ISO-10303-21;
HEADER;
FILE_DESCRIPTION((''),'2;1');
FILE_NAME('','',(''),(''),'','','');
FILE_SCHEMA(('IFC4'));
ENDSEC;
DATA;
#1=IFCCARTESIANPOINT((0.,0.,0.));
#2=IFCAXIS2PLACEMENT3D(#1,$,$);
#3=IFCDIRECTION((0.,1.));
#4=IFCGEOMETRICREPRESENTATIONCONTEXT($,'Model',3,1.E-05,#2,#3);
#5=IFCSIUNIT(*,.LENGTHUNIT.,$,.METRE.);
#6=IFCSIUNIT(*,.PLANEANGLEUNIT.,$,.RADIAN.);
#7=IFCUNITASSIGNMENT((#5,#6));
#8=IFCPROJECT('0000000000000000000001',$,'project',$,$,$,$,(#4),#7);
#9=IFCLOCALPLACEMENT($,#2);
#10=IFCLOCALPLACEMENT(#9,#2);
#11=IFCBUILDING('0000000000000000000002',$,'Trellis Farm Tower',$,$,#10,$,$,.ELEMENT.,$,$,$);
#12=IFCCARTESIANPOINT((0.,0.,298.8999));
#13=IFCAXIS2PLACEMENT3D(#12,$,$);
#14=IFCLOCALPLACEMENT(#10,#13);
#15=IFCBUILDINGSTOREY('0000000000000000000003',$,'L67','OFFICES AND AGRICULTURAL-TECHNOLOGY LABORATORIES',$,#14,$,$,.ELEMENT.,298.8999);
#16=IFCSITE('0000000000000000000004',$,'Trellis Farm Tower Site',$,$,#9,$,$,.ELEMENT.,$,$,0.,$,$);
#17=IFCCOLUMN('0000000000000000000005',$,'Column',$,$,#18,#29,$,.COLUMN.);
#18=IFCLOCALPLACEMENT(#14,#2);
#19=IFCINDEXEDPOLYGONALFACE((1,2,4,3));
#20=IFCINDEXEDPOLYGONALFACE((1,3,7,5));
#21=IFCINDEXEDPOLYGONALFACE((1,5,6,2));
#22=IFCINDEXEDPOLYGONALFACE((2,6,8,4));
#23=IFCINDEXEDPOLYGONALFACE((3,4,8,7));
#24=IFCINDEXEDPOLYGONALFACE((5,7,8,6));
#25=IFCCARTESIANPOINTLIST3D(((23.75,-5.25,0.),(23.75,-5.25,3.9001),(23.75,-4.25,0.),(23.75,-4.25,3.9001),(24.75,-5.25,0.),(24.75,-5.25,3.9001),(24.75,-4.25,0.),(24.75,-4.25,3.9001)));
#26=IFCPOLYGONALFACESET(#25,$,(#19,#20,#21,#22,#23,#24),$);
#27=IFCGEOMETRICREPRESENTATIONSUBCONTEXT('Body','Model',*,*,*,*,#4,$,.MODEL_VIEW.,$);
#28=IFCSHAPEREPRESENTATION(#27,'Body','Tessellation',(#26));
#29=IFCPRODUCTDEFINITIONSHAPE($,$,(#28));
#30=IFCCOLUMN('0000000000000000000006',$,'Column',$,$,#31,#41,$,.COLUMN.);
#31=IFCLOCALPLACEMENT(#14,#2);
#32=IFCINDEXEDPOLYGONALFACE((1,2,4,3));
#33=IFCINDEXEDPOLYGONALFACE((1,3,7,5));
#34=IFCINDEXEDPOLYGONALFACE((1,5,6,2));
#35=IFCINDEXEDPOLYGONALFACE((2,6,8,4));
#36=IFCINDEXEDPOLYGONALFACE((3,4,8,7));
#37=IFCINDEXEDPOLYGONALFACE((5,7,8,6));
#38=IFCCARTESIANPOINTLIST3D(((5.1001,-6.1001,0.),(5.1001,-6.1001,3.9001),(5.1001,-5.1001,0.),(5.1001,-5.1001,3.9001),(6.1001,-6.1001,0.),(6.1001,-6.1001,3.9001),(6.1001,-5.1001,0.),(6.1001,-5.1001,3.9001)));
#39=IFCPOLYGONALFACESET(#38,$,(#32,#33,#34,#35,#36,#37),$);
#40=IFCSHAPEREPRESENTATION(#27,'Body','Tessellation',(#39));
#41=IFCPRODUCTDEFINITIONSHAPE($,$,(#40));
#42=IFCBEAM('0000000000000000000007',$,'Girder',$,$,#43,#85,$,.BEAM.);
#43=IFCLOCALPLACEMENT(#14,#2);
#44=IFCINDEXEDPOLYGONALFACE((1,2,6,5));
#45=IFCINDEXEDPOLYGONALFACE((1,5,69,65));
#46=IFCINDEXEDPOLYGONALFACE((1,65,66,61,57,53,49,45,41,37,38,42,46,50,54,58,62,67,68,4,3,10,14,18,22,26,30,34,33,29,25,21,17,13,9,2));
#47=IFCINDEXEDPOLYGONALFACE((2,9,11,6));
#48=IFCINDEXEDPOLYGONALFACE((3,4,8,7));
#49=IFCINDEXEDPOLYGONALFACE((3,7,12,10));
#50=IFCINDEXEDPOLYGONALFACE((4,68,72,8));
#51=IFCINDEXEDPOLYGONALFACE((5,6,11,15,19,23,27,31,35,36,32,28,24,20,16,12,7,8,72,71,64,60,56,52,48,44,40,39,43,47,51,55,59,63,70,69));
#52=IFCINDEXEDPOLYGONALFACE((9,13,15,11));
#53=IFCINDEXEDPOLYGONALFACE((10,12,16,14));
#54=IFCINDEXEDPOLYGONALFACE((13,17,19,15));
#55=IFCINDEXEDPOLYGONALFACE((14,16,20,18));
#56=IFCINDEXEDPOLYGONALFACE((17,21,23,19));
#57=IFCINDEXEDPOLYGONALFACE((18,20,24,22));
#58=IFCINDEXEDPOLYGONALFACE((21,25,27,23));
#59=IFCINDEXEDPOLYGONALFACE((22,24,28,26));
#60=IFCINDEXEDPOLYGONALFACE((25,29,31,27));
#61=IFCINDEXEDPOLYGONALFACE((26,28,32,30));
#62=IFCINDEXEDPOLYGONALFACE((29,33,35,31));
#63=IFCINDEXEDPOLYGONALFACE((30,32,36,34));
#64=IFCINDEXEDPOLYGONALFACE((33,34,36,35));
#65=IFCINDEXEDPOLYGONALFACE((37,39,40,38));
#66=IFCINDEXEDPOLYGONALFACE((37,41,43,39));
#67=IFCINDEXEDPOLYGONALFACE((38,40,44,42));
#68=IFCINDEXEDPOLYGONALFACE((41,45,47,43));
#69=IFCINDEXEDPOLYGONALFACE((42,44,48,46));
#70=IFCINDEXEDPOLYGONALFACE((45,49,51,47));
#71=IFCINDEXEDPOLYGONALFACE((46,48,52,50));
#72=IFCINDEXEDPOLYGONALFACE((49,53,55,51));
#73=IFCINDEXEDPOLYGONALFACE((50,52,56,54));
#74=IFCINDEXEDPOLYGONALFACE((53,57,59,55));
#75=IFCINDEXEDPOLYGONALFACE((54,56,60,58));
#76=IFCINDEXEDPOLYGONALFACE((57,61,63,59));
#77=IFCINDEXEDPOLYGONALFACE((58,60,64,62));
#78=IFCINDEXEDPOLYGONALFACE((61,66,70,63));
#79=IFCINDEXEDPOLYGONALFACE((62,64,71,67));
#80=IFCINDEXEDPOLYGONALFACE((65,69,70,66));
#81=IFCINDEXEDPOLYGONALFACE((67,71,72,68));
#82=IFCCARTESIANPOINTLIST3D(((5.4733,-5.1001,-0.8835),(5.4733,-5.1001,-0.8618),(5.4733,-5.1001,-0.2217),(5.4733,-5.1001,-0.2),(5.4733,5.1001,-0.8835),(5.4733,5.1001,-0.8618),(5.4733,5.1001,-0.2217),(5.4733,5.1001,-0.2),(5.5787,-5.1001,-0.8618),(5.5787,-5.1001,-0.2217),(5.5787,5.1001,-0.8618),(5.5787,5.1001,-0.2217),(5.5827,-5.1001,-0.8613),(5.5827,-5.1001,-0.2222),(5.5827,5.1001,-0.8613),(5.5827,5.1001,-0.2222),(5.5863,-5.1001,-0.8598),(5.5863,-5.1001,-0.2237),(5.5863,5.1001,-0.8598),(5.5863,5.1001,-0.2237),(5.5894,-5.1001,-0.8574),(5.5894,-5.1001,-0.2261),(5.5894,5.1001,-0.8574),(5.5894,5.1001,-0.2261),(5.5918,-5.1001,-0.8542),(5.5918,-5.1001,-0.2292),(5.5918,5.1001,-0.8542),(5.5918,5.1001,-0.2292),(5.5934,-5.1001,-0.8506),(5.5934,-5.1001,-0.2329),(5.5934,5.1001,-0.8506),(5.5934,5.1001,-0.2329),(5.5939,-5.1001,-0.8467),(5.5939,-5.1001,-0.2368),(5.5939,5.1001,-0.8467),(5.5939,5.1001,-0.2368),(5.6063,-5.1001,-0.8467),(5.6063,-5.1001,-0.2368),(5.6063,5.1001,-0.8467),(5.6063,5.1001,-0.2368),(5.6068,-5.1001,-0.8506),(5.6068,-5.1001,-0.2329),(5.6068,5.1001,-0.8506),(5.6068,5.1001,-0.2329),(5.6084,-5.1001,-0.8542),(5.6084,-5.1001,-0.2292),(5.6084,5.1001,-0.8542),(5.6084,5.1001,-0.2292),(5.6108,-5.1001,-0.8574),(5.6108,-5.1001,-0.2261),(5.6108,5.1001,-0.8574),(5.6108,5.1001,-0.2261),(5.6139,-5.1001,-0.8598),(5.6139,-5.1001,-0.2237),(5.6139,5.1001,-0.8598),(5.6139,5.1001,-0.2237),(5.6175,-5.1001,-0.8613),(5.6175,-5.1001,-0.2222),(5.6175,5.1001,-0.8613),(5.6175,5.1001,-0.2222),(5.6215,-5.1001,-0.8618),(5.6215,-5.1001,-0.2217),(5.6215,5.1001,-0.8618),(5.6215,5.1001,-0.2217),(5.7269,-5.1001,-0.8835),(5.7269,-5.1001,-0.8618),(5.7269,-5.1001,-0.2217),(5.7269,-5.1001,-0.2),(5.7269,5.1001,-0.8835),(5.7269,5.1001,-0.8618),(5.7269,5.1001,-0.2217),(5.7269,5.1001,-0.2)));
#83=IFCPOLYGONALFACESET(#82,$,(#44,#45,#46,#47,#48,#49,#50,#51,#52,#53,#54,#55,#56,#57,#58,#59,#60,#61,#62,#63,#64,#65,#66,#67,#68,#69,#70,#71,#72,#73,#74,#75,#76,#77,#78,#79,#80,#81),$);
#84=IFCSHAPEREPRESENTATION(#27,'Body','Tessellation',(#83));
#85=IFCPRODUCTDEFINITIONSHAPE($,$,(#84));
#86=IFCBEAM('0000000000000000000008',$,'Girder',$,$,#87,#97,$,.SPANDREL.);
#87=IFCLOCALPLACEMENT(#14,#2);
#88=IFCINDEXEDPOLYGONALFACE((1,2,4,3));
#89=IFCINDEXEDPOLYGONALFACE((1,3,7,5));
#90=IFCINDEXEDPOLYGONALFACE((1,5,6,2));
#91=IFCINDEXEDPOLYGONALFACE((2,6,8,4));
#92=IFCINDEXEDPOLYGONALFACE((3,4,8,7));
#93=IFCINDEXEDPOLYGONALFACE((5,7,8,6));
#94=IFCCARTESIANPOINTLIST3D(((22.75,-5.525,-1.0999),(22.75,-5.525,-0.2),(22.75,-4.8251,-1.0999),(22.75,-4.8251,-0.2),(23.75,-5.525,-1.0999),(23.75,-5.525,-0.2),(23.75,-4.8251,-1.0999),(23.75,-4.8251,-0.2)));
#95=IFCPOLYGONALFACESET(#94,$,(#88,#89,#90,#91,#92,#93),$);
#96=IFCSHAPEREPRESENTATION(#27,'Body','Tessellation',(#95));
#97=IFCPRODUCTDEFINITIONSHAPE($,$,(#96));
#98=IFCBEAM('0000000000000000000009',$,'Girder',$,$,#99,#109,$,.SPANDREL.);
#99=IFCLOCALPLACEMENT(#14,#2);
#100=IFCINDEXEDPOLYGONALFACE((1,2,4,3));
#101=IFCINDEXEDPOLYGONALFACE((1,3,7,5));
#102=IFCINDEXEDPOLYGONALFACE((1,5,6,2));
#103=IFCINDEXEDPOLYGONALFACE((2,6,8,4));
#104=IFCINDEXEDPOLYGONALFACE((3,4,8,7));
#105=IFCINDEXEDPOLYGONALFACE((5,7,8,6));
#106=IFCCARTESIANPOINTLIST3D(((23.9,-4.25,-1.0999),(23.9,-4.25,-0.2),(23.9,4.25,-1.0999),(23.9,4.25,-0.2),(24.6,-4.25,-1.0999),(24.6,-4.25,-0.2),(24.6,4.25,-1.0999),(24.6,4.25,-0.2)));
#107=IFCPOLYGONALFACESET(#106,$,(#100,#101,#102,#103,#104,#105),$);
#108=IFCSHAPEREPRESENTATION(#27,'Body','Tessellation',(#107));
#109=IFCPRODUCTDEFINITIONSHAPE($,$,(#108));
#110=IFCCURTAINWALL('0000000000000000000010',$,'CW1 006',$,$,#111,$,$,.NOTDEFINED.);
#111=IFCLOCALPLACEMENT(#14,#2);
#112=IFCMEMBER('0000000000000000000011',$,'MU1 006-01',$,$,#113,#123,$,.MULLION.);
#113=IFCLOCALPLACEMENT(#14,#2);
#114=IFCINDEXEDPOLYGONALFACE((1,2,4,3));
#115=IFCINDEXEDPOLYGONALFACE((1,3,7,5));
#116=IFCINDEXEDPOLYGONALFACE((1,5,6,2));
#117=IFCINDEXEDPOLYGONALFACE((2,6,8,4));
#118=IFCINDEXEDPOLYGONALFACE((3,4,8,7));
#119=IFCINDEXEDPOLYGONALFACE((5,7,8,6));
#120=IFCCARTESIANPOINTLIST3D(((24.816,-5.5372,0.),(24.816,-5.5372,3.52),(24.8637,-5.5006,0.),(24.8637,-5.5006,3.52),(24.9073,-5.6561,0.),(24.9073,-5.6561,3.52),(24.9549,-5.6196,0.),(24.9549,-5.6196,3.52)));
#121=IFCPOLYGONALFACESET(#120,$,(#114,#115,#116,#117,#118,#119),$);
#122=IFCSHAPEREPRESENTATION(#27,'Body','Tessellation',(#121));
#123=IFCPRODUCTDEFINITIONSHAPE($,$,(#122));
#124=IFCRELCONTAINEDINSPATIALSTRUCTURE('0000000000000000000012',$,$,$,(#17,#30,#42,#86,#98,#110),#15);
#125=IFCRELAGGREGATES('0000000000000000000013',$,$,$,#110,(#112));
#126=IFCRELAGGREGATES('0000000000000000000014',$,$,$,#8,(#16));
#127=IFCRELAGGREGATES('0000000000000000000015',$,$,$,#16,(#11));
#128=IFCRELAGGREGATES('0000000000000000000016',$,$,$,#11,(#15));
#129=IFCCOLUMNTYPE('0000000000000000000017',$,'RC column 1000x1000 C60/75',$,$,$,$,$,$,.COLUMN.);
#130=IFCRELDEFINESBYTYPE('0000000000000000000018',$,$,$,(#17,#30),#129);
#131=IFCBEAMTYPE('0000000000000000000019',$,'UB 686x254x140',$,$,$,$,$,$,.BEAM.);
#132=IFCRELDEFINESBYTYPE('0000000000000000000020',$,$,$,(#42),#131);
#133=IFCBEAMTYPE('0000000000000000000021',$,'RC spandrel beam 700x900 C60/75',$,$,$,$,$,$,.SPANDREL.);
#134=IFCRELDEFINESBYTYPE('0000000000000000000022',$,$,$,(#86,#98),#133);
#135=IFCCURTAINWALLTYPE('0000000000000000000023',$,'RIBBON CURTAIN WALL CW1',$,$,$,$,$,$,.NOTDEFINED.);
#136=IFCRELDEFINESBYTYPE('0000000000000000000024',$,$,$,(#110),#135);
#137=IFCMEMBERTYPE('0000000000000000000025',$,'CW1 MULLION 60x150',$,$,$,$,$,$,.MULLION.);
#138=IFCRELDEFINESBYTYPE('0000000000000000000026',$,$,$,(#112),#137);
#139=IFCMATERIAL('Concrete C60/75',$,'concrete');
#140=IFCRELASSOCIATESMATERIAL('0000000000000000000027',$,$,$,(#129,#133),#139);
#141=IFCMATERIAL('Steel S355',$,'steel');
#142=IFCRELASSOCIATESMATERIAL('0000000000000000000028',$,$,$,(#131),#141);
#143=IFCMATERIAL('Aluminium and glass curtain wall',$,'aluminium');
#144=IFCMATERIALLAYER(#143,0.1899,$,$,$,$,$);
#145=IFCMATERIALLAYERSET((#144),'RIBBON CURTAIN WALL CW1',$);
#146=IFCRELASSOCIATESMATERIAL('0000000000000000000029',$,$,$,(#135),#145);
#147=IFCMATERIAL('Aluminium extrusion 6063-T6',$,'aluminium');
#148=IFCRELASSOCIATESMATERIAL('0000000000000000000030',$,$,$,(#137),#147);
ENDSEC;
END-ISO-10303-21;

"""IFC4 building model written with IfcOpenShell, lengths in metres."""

from ifc_helpers import new_model, si_unit, direction, frame, origin, origin_2d, place, context, subcontext, project, spatial, rectangle, i_section, extrude, source, transform, mapped, material, layer, layer_set, material_profile, profile_set, type_object, element, aggregate, save


model = new_model("IFC4")

# Units and contexts
model_context = context("Model", 3, precision=1e-05, world=origin(), true_north=direction((0.0, 1.0)))
body_context = subcontext(model_context, "Body", "Model", "MODEL_VIEW")
ifc_project = project(units=[si_unit("LENGTHUNIT", "METRE"), si_unit("PLANEANGLEUNIT", "RADIAN")], contexts=[model_context])

# Site, building, storey
site_placement = place(None, origin())
site = spatial("IfcSite", under=ifc_project, at=site_placement, Name="Trellis Farm Tower Site", CompositionType="ELEMENT", RefElevation=0.0)
building_placement = place(site_placement, origin())
building = spatial("IfcBuilding", under=site, at=building_placement, Name="Trellis Farm Tower", CompositionType="ELEMENT")
storey_placement = place(building_placement, frame((0.0, 0.0, 298.8999)))
storey = spatial("IfcBuildingStorey", under=building, at=storey_placement, Name="L67", Description="OFFICES AND AGRICULTURAL-TECHNOLOGY LABORATORIES", CompositionType="ELEMENT", Elevation=298.8999)

# Columns
ifc_material_1 = material(Name="Concrete C60/75", Category="concrete")
ifc_material_profile_1 = material_profile(ifc_material_1, rectangle(XDim=1.0, YDim=1.0, at=origin_2d()), Name="RC column 1000x1000 C60/75")
ifc_profile_set_1 = profile_set([ifc_material_profile_1], Name="Concrete C60/75")
column_type = type_object("IfcColumnType", Name="RC column 1000x1000 C60/75", PredefinedType="COLUMN", material=ifc_profile_set_1)
shared_shape_1 = source(origin(), body_context, "Body", "SweptSolid", [
    extrude(rectangle(XDim=1.0, YDim=1.0, at=origin_2d()), origin(), (0.0, 0.0, 1.0), 3.9001),
])
for number, where, z_axis, x_axis, name in (
    (1, (24.25, -4.75, 0.0), (0.0, 0.0, 1.0), (1.0, 0.0, 0.0), "Column"),
    (2, (5.6001, -5.6001, 0.0), (0.0, 0.0, 1.0), (1.0, 0.0, 0.0), "Column"),
):
    element("IfcColumn", number, at=place(storey_placement, frame(where, z_axis=z_axis, x_axis=x_axis)), inside=storey, type_object=column_type, Name=name, PredefinedType="COLUMN", context=body_context, shape_type="MappedRepresentation", body=[
        mapped(shared_shape_1, transform((0.0, 0.0, 0.0))),
    ])

# Beams
ifc_material_2 = material(Name="Steel S355", Category="steel")
ifc_material_profile_2 = material_profile(ifc_material_2, i_section(OverallWidth=0.2537, OverallDepth=0.6836, WebThickness=0.0125, FlangeThickness=0.0217, FilletRadius=0.0151, at=origin_2d()), Name="UB 686x254x140")
ifc_profile_set_2 = profile_set([ifc_material_profile_2], Name="Steel S355")
beam_type_1 = type_object("IfcBeamType", Name="UB 686x254x140", PredefinedType="BEAM", material=ifc_profile_set_2)
shared_shape_2 = source(origin(), body_context, "Body", "SweptSolid", [
    extrude(i_section(OverallWidth=0.2537, OverallDepth=0.6836, WebThickness=0.0125, FlangeThickness=0.0217, FilletRadius=0.0151, at=origin_2d()), origin(), (0.0, 0.0, 1.0), 10.2002),
])
beam_1_placement = place(storey_placement, frame((5.6001, -5.1001, -0.5417), z_axis=(0.0, 1.0, 0.0), x_axis=(-1.0, 0.0, 0.0)))
element("IfcBeam", 3, at=beam_1_placement, inside=storey, type_object=beam_type_1, Name="Girder", PredefinedType="BEAM", context=body_context, shape_type="MappedRepresentation", body=[
    mapped(shared_shape_2, transform((0.0, 0.0, 0.0))),
])
ifc_material_profile_3 = material_profile(ifc_material_1, rectangle(XDim=0.7, YDim=0.8999, at=origin_2d()), Name="RC spandrel beam 700x900 C60/75")
ifc_profile_set_3 = profile_set([ifc_material_profile_3], Name="Concrete C60/75")
beam_type_2 = type_object("IfcBeamType", Name="RC spandrel beam 700x900 C60/75", PredefinedType="SPANDREL", material=ifc_profile_set_3)
shared_shape_3 = source(origin(), body_context, "Body", "SweptSolid", [
    extrude(rectangle(XDim=0.7, YDim=0.8999, at=origin_2d()), origin(), (0.0, 0.0, 1.0), 1.0),
])
beam_2_placement = place(storey_placement, frame((22.75, -5.175, -0.6499), z_axis=(1.0, 0.0, 0.0), x_axis=(0.0, 1.0, 0.0)))
element("IfcBeam", 4, at=beam_2_placement, inside=storey, type_object=beam_type_2, Name="Girder", PredefinedType="SPANDREL", context=body_context, shape_type="MappedRepresentation", body=[
    mapped(shared_shape_3, transform((0.0, 0.0, 0.0))),
])
shared_shape_4 = source(origin(), body_context, "Body", "SweptSolid", [
    extrude(rectangle(XDim=0.7, YDim=0.8999, at=origin_2d()), origin(), (0.0, 0.0, 1.0), 8.5),
])
beam_3_placement = place(storey_placement, frame((24.25, -4.25, -0.6499), z_axis=(0.0, 1.0, 0.0), x_axis=(-1.0, 0.0, 0.0)))
element("IfcBeam", 5, at=beam_3_placement, inside=storey, type_object=beam_type_2, Name="Girder", PredefinedType="SPANDREL", context=body_context, shape_type="MappedRepresentation", body=[
    mapped(shared_shape_4, transform((0.0, 0.0, 0.0))),
])

# Curtain wall, member
ifc_material_3 = material(Name="Aluminium and glass curtain wall", Category="aluminium")
ifc_layer_1 = layer(ifc_material_3, 0.1899)
ifc_layer_set_1 = layer_set([ifc_layer_1], Name="RIBBON CURTAIN WALL CW1")
curtain_wall_type = type_object("IfcCurtainWallType", Name="RIBBON CURTAIN WALL CW1", PredefinedType="NOTDEFINED", material=ifc_layer_set_1)
placement = place(storey_placement, origin())
curtain_wall = element("IfcCurtainWall", 6, at=placement, inside=storey, type_object=curtain_wall_type, Name="CW1 006", PredefinedType="NOTDEFINED")
ifc_material_4 = material(Name="Aluminium extrusion 6063-T6", Category="aluminium")
ifc_material_profile_4 = material_profile(ifc_material_4, rectangle(XDim=0.0601, YDim=0.1499, at=origin_2d()), Name="MULLION 60x150")
ifc_profile_set_4 = profile_set([ifc_material_profile_4], Name="Aluminium extrusion 6063-T6")
member_type = type_object("IfcMemberType", Name="CW1 MULLION 60x150", PredefinedType="MULLION", material=ifc_profile_set_4)
shared_shape_5 = source(origin(), body_context, "Body", "SweptSolid", [
    extrude(rectangle(XDim=0.0601, YDim=0.1499, at=origin_2d()), origin(), (0.0, 0.0, 1.0), 3.52),
])
member_placement = place(storey_placement, frame((24.8855, -5.5784, 0.0), z_axis=(0.0, 0.0, 1.0), x_axis=(0.793353, 0.608761, 0.0)))
member = element("IfcMember", 7, at=member_placement, type_object=member_type, Name="MU1 006-01", PredefinedType="MULLION", context=body_context, shape_type="MappedRepresentation", body=[
    mapped(shared_shape_5, transform((0.0, 0.0, 0.0))),
])
aggregate(curtain_wall, [member])

save(model, "model.ifc")
